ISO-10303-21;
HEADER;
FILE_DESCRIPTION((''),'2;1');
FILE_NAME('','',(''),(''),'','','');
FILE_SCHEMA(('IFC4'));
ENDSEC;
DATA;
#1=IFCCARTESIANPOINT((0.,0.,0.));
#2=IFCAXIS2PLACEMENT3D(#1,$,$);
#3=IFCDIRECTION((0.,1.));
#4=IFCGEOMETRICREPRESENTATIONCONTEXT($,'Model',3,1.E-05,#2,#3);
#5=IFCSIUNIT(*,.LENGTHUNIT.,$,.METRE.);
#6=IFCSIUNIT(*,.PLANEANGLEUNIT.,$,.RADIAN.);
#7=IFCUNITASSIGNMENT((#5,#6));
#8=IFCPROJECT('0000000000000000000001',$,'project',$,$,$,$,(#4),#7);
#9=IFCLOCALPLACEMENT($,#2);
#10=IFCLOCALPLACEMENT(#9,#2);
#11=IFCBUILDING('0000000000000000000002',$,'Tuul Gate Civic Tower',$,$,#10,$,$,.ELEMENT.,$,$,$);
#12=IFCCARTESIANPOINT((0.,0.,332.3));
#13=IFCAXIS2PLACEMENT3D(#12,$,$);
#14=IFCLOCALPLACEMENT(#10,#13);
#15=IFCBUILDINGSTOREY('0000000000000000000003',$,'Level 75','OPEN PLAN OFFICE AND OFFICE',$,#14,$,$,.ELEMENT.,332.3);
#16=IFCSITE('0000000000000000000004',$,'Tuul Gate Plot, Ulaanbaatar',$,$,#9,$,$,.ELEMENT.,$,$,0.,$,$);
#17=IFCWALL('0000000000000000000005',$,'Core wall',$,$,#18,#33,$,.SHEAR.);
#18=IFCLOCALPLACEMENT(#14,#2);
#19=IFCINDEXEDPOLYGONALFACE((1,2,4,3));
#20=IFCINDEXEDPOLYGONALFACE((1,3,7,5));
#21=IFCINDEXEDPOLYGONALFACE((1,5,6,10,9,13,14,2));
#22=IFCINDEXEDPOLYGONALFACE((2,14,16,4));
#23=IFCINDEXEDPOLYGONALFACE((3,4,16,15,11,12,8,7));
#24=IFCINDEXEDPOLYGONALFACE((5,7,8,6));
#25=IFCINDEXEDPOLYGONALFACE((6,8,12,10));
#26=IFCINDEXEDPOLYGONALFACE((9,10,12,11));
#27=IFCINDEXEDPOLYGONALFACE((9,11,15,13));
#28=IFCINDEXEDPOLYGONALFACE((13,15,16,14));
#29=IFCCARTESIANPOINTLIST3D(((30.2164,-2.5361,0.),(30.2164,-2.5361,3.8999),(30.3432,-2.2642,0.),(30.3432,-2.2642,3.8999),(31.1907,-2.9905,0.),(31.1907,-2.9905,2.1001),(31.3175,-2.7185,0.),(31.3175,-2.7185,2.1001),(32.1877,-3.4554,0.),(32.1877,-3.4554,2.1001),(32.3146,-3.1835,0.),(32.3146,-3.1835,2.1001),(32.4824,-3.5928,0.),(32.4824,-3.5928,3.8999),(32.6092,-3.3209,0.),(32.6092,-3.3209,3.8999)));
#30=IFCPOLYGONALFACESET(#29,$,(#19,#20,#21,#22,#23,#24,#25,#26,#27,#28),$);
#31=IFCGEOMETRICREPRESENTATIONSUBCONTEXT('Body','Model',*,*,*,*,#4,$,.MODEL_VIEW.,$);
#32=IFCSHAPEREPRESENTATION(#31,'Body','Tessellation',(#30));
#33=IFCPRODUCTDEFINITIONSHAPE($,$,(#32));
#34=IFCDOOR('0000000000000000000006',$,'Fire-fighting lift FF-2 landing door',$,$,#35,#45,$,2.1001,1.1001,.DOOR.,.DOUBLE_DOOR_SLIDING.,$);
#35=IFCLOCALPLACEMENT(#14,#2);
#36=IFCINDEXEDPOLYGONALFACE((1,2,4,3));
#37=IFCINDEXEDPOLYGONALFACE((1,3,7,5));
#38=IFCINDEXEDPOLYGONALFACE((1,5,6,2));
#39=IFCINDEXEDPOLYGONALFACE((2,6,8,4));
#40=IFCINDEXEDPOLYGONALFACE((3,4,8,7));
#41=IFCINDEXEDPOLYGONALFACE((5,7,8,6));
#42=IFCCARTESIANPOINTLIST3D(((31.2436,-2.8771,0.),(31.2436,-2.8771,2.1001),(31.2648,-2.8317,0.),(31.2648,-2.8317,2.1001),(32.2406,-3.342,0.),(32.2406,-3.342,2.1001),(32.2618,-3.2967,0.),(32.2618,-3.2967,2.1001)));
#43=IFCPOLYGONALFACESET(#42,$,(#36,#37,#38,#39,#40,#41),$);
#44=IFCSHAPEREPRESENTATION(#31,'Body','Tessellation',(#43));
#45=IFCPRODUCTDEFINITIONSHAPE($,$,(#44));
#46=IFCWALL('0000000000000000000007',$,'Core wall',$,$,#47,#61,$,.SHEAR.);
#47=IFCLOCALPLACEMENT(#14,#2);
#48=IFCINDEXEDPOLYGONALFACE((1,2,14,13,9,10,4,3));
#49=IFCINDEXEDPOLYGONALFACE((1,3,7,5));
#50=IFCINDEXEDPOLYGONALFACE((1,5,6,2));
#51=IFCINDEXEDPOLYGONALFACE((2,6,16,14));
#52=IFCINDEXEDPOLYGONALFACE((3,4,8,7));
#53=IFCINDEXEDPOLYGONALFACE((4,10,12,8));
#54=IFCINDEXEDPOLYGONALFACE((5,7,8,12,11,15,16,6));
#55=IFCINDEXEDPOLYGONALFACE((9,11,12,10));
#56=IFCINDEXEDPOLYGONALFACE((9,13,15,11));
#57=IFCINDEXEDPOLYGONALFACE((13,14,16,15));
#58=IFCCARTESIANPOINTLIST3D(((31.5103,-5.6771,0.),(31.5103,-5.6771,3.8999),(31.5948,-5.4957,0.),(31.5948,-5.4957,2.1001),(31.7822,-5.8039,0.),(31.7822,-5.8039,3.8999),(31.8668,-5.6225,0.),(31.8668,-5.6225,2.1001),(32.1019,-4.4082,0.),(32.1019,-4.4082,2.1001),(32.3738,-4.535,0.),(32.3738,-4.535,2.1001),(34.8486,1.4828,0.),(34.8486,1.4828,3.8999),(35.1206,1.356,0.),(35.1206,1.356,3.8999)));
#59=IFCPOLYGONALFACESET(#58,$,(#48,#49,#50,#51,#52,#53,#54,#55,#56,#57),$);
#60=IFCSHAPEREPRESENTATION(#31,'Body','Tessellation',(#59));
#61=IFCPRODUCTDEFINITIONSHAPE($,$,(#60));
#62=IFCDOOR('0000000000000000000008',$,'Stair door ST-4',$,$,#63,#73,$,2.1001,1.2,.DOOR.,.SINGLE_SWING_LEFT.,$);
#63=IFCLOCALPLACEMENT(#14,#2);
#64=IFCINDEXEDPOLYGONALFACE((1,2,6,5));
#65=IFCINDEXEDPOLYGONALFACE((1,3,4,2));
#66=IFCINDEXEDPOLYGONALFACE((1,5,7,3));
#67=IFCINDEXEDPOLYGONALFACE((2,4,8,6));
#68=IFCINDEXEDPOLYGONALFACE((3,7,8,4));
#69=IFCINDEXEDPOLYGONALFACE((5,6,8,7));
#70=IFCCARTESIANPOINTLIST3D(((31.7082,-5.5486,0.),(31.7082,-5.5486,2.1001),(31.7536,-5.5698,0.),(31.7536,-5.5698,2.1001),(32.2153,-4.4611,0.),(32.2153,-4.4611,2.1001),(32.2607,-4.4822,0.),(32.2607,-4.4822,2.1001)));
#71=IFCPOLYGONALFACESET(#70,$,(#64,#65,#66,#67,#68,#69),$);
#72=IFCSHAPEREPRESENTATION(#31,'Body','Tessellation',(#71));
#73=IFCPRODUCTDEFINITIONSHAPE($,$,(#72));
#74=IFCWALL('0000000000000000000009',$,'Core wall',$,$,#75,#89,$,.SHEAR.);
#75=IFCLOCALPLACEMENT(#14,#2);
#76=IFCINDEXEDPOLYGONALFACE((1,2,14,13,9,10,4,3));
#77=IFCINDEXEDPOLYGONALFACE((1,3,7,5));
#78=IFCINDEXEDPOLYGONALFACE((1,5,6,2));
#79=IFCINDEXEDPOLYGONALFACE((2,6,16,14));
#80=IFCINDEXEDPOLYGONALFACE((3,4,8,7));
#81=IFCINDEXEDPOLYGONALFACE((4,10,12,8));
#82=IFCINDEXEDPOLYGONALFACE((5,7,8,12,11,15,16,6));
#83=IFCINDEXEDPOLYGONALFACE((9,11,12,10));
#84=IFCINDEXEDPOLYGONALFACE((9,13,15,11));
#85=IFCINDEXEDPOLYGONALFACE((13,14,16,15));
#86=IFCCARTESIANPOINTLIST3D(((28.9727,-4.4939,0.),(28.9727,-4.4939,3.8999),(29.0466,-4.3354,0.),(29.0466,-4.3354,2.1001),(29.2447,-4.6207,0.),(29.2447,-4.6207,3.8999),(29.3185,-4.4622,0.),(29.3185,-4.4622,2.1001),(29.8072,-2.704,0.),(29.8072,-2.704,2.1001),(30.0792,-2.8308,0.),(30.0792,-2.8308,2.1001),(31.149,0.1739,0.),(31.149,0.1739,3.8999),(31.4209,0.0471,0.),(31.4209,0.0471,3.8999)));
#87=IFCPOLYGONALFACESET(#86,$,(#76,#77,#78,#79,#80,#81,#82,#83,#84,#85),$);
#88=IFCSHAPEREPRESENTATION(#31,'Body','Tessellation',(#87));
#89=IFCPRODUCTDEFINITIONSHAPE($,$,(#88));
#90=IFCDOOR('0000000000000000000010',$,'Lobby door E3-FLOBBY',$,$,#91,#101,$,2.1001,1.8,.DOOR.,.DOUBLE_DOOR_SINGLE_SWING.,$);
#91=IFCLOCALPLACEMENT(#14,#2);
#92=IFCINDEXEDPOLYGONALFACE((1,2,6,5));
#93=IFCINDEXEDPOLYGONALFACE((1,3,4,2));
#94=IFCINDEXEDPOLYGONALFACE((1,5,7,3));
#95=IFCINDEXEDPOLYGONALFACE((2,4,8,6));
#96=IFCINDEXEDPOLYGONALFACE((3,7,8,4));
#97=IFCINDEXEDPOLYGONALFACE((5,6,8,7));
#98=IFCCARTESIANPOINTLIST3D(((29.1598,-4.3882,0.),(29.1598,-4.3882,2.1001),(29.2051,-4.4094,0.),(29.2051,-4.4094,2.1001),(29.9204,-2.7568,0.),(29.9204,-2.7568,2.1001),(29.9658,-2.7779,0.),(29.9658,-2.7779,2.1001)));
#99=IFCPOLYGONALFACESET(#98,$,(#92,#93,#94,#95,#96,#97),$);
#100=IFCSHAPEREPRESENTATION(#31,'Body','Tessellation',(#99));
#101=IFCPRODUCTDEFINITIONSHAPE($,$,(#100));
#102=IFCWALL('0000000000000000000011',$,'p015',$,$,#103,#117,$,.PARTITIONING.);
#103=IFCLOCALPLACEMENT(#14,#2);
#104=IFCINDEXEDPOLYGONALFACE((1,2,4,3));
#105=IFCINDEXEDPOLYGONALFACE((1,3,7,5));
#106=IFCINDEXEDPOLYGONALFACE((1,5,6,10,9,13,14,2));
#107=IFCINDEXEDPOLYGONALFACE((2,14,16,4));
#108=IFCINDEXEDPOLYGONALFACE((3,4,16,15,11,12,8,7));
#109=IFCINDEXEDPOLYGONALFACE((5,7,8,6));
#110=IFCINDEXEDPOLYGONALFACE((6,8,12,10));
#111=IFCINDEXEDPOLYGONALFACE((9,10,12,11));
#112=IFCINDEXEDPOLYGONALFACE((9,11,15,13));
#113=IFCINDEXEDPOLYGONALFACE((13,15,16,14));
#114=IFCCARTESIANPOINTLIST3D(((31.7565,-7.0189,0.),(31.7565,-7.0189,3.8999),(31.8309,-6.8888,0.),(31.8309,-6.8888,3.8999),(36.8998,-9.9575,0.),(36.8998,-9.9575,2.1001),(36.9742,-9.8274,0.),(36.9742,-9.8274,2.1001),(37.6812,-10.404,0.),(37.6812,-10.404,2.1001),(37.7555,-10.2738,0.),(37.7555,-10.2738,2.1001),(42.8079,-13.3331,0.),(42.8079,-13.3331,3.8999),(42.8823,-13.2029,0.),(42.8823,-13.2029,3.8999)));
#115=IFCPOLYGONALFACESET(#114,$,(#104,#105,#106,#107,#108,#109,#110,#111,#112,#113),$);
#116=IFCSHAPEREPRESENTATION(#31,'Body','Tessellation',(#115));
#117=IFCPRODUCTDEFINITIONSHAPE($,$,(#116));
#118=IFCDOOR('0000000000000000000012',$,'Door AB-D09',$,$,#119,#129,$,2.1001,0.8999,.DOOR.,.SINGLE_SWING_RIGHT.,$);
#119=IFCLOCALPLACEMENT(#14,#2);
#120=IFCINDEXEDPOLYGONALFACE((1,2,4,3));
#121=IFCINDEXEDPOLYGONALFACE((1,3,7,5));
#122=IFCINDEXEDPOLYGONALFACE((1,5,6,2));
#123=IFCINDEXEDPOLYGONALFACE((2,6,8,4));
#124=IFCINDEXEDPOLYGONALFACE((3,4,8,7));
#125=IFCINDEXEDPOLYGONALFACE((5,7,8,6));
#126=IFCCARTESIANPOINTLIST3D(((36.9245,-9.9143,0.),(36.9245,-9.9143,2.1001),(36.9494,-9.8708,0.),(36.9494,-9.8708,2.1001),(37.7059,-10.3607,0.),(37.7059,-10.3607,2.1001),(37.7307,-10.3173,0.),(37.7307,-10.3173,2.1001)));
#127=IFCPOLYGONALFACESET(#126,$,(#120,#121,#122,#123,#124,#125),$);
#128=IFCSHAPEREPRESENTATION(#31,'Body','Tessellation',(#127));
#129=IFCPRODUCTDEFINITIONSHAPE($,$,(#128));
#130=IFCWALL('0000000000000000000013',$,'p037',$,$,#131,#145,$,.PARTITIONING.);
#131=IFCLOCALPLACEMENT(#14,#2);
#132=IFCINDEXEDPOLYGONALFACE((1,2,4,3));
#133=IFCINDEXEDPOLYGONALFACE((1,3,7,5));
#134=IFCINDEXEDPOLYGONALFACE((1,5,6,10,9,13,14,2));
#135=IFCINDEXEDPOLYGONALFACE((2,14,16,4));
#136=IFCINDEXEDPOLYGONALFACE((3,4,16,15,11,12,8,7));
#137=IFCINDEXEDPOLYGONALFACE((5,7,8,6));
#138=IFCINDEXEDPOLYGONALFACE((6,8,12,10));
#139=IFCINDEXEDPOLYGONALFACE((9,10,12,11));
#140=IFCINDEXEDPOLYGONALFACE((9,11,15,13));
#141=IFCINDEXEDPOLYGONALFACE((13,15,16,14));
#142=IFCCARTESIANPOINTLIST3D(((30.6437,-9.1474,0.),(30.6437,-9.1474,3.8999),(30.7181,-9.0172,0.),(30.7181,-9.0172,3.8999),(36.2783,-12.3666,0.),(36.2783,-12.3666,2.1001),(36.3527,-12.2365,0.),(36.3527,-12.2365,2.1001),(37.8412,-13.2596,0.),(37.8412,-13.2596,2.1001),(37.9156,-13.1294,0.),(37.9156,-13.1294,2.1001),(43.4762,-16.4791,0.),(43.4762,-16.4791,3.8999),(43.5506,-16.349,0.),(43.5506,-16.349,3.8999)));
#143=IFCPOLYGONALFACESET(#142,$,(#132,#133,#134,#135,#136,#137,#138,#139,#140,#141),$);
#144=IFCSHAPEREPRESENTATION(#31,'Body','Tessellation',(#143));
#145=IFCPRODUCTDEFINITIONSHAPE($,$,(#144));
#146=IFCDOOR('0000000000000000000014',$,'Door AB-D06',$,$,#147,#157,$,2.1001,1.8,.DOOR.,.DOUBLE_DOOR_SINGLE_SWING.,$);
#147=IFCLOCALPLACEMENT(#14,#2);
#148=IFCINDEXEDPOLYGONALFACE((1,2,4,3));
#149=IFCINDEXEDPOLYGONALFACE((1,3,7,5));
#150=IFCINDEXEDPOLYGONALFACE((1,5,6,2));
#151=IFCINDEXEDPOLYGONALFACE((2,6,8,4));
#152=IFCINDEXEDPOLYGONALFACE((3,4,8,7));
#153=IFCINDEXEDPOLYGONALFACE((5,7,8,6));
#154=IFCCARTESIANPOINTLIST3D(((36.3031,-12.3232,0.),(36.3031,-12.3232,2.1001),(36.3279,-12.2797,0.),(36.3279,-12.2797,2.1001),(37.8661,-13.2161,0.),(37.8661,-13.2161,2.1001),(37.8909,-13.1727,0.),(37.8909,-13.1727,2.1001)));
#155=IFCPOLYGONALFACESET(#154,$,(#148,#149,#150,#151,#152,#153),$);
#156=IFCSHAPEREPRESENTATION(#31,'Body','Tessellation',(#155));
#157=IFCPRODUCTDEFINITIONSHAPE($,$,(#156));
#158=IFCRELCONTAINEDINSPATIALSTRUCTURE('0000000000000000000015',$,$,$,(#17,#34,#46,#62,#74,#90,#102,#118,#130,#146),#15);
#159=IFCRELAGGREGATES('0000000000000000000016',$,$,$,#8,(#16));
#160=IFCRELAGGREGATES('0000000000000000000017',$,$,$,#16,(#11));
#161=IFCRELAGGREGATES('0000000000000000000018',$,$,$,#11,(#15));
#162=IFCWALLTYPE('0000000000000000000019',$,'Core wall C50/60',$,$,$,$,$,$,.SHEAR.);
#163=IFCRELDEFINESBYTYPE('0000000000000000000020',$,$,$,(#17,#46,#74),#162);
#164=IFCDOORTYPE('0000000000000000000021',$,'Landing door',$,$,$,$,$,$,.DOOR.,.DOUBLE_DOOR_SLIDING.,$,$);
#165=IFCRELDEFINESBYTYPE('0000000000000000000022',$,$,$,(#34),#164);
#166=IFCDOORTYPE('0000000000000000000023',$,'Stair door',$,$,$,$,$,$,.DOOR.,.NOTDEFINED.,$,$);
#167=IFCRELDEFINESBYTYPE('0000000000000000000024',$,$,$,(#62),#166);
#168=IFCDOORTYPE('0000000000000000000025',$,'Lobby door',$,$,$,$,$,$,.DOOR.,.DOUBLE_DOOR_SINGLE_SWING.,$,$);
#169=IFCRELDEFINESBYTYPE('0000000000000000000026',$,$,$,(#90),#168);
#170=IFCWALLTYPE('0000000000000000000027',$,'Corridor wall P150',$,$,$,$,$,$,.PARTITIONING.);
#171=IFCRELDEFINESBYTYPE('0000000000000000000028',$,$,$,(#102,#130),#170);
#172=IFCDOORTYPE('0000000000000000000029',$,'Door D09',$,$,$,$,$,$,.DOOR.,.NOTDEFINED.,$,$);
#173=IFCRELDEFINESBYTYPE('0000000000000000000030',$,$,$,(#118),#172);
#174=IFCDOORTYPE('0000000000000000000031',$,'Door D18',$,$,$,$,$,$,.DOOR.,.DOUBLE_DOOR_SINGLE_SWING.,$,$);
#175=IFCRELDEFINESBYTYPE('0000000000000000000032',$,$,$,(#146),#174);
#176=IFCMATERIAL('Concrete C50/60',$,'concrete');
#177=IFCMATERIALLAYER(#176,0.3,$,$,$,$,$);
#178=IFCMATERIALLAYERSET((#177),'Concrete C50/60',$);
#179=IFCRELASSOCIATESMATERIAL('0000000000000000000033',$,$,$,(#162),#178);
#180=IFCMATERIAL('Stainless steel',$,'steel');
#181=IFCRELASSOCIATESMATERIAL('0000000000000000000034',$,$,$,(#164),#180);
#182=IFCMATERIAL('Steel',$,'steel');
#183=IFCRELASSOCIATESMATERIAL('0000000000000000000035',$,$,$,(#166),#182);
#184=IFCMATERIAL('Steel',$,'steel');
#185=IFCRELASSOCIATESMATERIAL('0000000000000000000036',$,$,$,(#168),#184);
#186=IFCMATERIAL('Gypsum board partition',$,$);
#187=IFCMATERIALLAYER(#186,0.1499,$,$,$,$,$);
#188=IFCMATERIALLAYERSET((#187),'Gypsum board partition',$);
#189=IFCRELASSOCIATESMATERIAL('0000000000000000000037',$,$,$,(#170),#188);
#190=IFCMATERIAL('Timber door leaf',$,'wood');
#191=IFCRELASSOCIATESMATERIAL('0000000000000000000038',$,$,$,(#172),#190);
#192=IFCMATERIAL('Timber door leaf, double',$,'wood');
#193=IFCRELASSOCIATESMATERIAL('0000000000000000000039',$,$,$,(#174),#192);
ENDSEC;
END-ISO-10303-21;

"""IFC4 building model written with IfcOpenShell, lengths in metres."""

from ifc_helpers import new_model, si_unit, direction, frame, frame_2d, origin, place, context, subcontext, project, spatial, rectangle, extrude, material, layer, layer_set, type_object, element, fill, save


model = new_model("IFC4")

# Units and contexts
model_context = context("Model", 3, precision=1e-05, world=origin(), true_north=direction((0.0, 1.0)))
body_context = subcontext(model_context, "Body", "Model", "MODEL_VIEW")
ifc_project = project(units=[si_unit("LENGTHUNIT", "METRE"), si_unit("PLANEANGLEUNIT", "RADIAN")], contexts=[model_context])

# Site, building, storey
site_placement = place(None, origin())
site = spatial("IfcSite", under=ifc_project, at=site_placement, Name="Tuul Gate Plot, Ulaanbaatar", CompositionType="ELEMENT", RefElevation=0.0)
building_placement = place(site_placement, origin())
building = spatial("IfcBuilding", under=site, at=building_placement, Name="Tuul Gate Civic Tower", CompositionType="ELEMENT")
storey_placement = place(building_placement, frame((0.0, 0.0, 332.3)))
storey = spatial("IfcBuildingStorey", under=building, at=storey_placement, Name="Level 75", Description="OPEN PLAN OFFICE AND OFFICE", CompositionType="ELEMENT", Elevation=332.3)

# Walls, openings, doors
ifc_material_1 = material(Name="Concrete C50/60", Category="concrete")
ifc_layer_1 = layer(ifc_material_1, 0.3)
ifc_layer_set_1 = layer_set([ifc_layer_1], Name="Concrete C50/60")
wall_type_1 = type_object("IfcWallType", Name="Core wall C50/60", PredefinedType="SHEAR", material=ifc_layer_set_1)
wall_1_placement = place(storey_placement, frame((32.5457, -3.4568, 0.0), z_axis=(0.0, 0.0, 1.0), x_axis=(-0.9063, 0.422634, 0.0)))
wall_1 = element("IfcWall", 1, at=wall_1_placement, inside=storey, type_object=wall_type_1, Name="Core wall", PredefinedType="SHEAR", context=body_context, shape_type="SweptSolid", body=[
    extrude(rectangle(XDim=2.5002, YDim=0.3, at=frame_2d((1.25, 0.0))), origin(), (0.0, 0.0, 1.0), 3.8999),
])
opening_1_placement = place(wall_1_placement, frame((0.325, 0.0, 0.0)))
opening_1 = element("IfcOpeningElement", 2, at=opening_1_placement, cuts=wall_1, PredefinedType="OPENING", context=body_context, shape_type="SweptSolid", body=[
    extrude(rectangle(XDim=1.1001, YDim=2.1001, at=frame_2d((0.55, 1.05))), frame((0.0, 0.1602, 0.0), z_axis=(0.0, -1.0, 0.0), x_axis=(1.0, 0.0, 0.0)), (0.0, 0.0, 1.0), 0.3201),
])
ifc_material_2 = material(Name="Stainless steel", Category="steel")
door_type_1 = type_object("IfcDoorType", Name="Landing door", OperationType="DOUBLE_DOOR_SLIDING", PredefinedType="DOOR", material=ifc_material_2)
door_1_placement = place(opening_1_placement, origin())
door_1 = element("IfcDoor", 3, at=door_1_placement, inside=storey, type_object=door_type_1, Name="Fire-fighting lift FF-2 landing door", OperationType="DOUBLE_DOOR_SLIDING", OverallHeight=2.1001, OverallWidth=1.1001, PredefinedType="DOOR", context=body_context, shape_type="SweptSolid", body=[
    extrude(rectangle(XDim=1.1001, YDim=2.1001, at=frame_2d((0.55, 1.05))), frame((0.0, 0.0249, 0.0), z_axis=(0.0, -1.0, 0.0), x_axis=(1.0, 0.0, 0.0)), (0.0, 0.0, 1.0), 0.05),
])
fill(opening_1, door_1)
wall_2_placement = place(storey_placement, frame((31.6462, -5.7405, 0.0), z_axis=(0.0, 0.0, 1.0), x_axis=(0.422583, 0.906324, 0.0)))
wall_2 = element("IfcWall", 4, at=wall_2_placement, inside=storey, type_object=wall_type_1, Name="Core wall", PredefinedType="SHEAR", context=body_context, shape_type="SweptSolid", body=[
    extrude(rectangle(XDim=7.8999, YDim=0.3, at=frame_2d((3.95, 0.0))), origin(), (0.0, 0.0, 1.0), 3.8999),
])
opening_2_placement = place(wall_2_placement, frame((0.2, 0.0, 0.0)))
opening_2 = element("IfcOpeningElement", 5, at=opening_2_placement, cuts=wall_2, PredefinedType="OPENING", context=body_context, shape_type="SweptSolid", body=[
    extrude(rectangle(XDim=1.2, YDim=2.1001, at=frame_2d((0.6001, 1.05))), frame((0.0, 0.1602, 0.0), z_axis=(0.0, -1.0, 0.0), x_axis=(1.0, 0.0, 0.0)), (0.0, 0.0, 1.0), 0.3201),
])
ifc_material_3 = material(Name="Steel", Category="steel")
door_type_2 = type_object("IfcDoorType", Name="Stair door", OperationType="NOTDEFINED", PredefinedType="DOOR", material=ifc_material_3)
door_2_placement = place(opening_2_placement, origin())
door_2 = element("IfcDoor", 6, at=door_2_placement, inside=storey, type_object=door_type_2, Name="Stair door ST-4", OperationType="SINGLE_SWING_LEFT", OverallHeight=2.1001, OverallWidth=1.2, PredefinedType="DOOR", context=body_context, shape_type="SweptSolid", body=[
    extrude(rectangle(XDim=1.2, YDim=2.1001, at=frame_2d((0.6001, 1.05))), frame((0.0, 0.0249, 0.0), z_axis=(0.0, -1.0, 0.0), x_axis=(1.0, 0.0, 0.0)), (0.0, 0.0, 1.0), 0.05),
])
fill(opening_2, door_2)
wall_3_placement = place(storey_placement, frame((29.1086, -4.5574, 0.0), z_axis=(0.0, 0.0, 1.0), x_axis=(0.422566, 0.906332, 0.0)))
wall_3 = element("IfcWall", 7, at=wall_3_placement, inside=storey, type_object=wall_type_1, Name="Core wall", PredefinedType="SHEAR", context=body_context, shape_type="SweptSolid", body=[
    extrude(rectangle(XDim=5.1501, YDim=0.3, at=frame_2d((2.5752, 0.0))), origin(), (0.0, 0.0, 1.0), 3.8999),
])
opening_3_placement = place(wall_3_placement, frame((0.175, 0.0, 0.0)))
opening_3 = element("IfcOpeningElement", 8, at=opening_3_placement, cuts=wall_3, PredefinedType="OPENING", context=body_context, shape_type="SweptSolid", body=[
    extrude(rectangle(XDim=1.8, YDim=2.1001, at=frame_2d((0.8999, 1.05))), frame((0.0, 0.1602, 0.0), z_axis=(0.0, -1.0, 0.0), x_axis=(1.0, 0.0, 0.0)), (0.0, 0.0, 1.0), 0.3201),
])
ifc_material_4 = material(Name="Steel", Category="steel")
door_type_3 = type_object("IfcDoorType", Name="Lobby door", OperationType="DOUBLE_DOOR_SINGLE_SWING", PredefinedType="DOOR", material=ifc_material_4)
door_3_placement = place(opening_3_placement, frame((1.8, 0.0, 0.0), z_axis=(0.0, 0.0, 1.0), x_axis=(-1.0, 0.0, 0.0)))
door_3 = element("IfcDoor", 9, at=door_3_placement, inside=storey, type_object=door_type_3, Name="Lobby door E3-FLOBBY", OperationType="DOUBLE_DOOR_SINGLE_SWING", OverallHeight=2.1001, OverallWidth=1.8, PredefinedType="DOOR", context=body_context, shape_type="SweptSolid", body=[
    extrude(rectangle(XDim=1.8, YDim=2.1001, at=frame_2d((0.9001, 1.05))), frame((0.0, 0.0249, 0.0), z_axis=(0.0, -1.0, 0.0), x_axis=(1.0, 0.0, 0.0)), (0.0, 0.0, 1.0), 0.05),
])
fill(opening_3, door_3)
ifc_material_5 = material(Name="Gypsum board partition")
ifc_layer_2 = layer(ifc_material_5, 0.1499)
ifc_layer_set_2 = layer_set([ifc_layer_2], Name="Gypsum board partition")
wall_type_2 = type_object("IfcWallType", Name="Corridor wall P150", PredefinedType="PARTITIONING", material=ifc_layer_set_2)
wall_4_placement = place(storey_placement, frame((31.7937, -6.9539, 0.0), z_axis=(0.0, 0.0, 1.0), x_axis=(0.868275, -0.496083, 0.0)))
wall_4 = element("IfcWall", 10, at=wall_4_placement, inside=storey, type_object=wall_type_2, Name="p015", PredefinedType="PARTITIONING", context=body_context, shape_type="SweptSolid", body=[
    extrude(rectangle(XDim=12.728, YDim=0.1499, at=frame_2d((6.364, 0.0))), origin(), (0.0, 0.0, 1.0), 3.8999),
])
opening_4_placement = place(wall_4_placement, frame((5.9236, 0.0, 0.0)))
opening_4 = element("IfcOpeningElement", 11, at=opening_4_placement, cuts=wall_4, PredefinedType="OPENING", context=body_context, shape_type="SweptSolid", body=[
    extrude(rectangle(XDim=0.8999, YDim=2.1001, at=frame_2d((0.45, 1.05))), frame((0.0, 0.085, 0.0), z_axis=(0.0, -1.0, 0.0), x_axis=(1.0, 0.0, 0.0)), (0.0, 0.0, 1.0), 0.1699),
])
ifc_material_6 = material(Name="Timber door leaf", Category="wood")
door_type_4 = type_object("IfcDoorType", Name="Door D09", OperationType="NOTDEFINED", PredefinedType="DOOR", material=ifc_material_6)
door_4_placement = place(opening_4_placement, origin())
door_4 = element("IfcDoor", 12, at=door_4_placement, inside=storey, type_object=door_type_4, Name="Door AB-D09", OperationType="SINGLE_SWING_RIGHT", OverallHeight=2.1001, OverallWidth=0.8999, PredefinedType="DOOR", context=body_context, shape_type="SweptSolid", body=[
    extrude(rectangle(XDim=0.8999, YDim=2.1001, at=frame_2d((0.45, 1.05))), frame((0.0, 0.0249, 0.0), z_axis=(0.0, -1.0, 0.0), x_axis=(1.0, 0.0, 0.0)), (0.0, 0.0, 1.0), 0.05),
])
fill(opening_4, door_4)
wall_5_placement = place(storey_placement, frame((30.6809, -9.0823, 0.0), z_axis=(0.0, 0.0, 1.0), x_axis=(0.868275, -0.496084, 0.0)))
wall_5 = element("IfcWall", 13, at=wall_5_placement, inside=storey, type_object=wall_type_2, Name="p037", PredefinedType="PARTITIONING", context=body_context, shape_type="SweptSolid", body=[
    extrude(rectangle(XDim=14.7793, YDim=0.1499, at=frame_2d((7.3896, 0.0))), origin(), (0.0, 0.0, 1.0), 3.8999),
])
opening_5_placement = place(wall_5_placement, frame((6.4895, 0.0, 0.0)))
opening_5 = element("IfcOpeningElement", 14, at=opening_5_placement, cuts=wall_5, PredefinedType="OPENING", context=body_context, shape_type="SweptSolid", body=[
    extrude(rectangle(XDim=1.8, YDim=2.1001, at=frame_2d((0.8999, 1.05))), frame((0.0, 0.085, 0.0), z_axis=(0.0, -1.0, 0.0), x_axis=(1.0, 0.0, 0.0)), (0.0, 0.0, 1.0), 0.1699),
])
ifc_material_7 = material(Name="Timber door leaf, double", Category="wood")
door_type_5 = type_object("IfcDoorType", Name="Door D18", OperationType="DOUBLE_DOOR_SINGLE_SWING", PredefinedType="DOOR", material=ifc_material_7)
door_5_placement = place(opening_5_placement, frame((1.8, 0.0, 0.0), z_axis=(0.0, 0.0, 1.0), x_axis=(-1.0, 0.0, 0.0)))
door_5 = element("IfcDoor", 15, at=door_5_placement, inside=storey, type_object=door_type_5, Name="Door AB-D06", OperationType="DOUBLE_DOOR_SINGLE_SWING", OverallHeight=2.1001, OverallWidth=1.8, PredefinedType="DOOR", context=body_context, shape_type="SweptSolid", body=[
    extrude(rectangle(XDim=1.8, YDim=2.1001, at=frame_2d((0.9001, 1.05))), frame((0.0, 0.0249, 0.0), z_axis=(0.0, -1.0, 0.0), x_axis=(1.0, 0.0, 0.0)), (0.0, 0.0, 1.0), 0.05),
])
fill(opening_5, door_5)

save(model, "model.ifc")
